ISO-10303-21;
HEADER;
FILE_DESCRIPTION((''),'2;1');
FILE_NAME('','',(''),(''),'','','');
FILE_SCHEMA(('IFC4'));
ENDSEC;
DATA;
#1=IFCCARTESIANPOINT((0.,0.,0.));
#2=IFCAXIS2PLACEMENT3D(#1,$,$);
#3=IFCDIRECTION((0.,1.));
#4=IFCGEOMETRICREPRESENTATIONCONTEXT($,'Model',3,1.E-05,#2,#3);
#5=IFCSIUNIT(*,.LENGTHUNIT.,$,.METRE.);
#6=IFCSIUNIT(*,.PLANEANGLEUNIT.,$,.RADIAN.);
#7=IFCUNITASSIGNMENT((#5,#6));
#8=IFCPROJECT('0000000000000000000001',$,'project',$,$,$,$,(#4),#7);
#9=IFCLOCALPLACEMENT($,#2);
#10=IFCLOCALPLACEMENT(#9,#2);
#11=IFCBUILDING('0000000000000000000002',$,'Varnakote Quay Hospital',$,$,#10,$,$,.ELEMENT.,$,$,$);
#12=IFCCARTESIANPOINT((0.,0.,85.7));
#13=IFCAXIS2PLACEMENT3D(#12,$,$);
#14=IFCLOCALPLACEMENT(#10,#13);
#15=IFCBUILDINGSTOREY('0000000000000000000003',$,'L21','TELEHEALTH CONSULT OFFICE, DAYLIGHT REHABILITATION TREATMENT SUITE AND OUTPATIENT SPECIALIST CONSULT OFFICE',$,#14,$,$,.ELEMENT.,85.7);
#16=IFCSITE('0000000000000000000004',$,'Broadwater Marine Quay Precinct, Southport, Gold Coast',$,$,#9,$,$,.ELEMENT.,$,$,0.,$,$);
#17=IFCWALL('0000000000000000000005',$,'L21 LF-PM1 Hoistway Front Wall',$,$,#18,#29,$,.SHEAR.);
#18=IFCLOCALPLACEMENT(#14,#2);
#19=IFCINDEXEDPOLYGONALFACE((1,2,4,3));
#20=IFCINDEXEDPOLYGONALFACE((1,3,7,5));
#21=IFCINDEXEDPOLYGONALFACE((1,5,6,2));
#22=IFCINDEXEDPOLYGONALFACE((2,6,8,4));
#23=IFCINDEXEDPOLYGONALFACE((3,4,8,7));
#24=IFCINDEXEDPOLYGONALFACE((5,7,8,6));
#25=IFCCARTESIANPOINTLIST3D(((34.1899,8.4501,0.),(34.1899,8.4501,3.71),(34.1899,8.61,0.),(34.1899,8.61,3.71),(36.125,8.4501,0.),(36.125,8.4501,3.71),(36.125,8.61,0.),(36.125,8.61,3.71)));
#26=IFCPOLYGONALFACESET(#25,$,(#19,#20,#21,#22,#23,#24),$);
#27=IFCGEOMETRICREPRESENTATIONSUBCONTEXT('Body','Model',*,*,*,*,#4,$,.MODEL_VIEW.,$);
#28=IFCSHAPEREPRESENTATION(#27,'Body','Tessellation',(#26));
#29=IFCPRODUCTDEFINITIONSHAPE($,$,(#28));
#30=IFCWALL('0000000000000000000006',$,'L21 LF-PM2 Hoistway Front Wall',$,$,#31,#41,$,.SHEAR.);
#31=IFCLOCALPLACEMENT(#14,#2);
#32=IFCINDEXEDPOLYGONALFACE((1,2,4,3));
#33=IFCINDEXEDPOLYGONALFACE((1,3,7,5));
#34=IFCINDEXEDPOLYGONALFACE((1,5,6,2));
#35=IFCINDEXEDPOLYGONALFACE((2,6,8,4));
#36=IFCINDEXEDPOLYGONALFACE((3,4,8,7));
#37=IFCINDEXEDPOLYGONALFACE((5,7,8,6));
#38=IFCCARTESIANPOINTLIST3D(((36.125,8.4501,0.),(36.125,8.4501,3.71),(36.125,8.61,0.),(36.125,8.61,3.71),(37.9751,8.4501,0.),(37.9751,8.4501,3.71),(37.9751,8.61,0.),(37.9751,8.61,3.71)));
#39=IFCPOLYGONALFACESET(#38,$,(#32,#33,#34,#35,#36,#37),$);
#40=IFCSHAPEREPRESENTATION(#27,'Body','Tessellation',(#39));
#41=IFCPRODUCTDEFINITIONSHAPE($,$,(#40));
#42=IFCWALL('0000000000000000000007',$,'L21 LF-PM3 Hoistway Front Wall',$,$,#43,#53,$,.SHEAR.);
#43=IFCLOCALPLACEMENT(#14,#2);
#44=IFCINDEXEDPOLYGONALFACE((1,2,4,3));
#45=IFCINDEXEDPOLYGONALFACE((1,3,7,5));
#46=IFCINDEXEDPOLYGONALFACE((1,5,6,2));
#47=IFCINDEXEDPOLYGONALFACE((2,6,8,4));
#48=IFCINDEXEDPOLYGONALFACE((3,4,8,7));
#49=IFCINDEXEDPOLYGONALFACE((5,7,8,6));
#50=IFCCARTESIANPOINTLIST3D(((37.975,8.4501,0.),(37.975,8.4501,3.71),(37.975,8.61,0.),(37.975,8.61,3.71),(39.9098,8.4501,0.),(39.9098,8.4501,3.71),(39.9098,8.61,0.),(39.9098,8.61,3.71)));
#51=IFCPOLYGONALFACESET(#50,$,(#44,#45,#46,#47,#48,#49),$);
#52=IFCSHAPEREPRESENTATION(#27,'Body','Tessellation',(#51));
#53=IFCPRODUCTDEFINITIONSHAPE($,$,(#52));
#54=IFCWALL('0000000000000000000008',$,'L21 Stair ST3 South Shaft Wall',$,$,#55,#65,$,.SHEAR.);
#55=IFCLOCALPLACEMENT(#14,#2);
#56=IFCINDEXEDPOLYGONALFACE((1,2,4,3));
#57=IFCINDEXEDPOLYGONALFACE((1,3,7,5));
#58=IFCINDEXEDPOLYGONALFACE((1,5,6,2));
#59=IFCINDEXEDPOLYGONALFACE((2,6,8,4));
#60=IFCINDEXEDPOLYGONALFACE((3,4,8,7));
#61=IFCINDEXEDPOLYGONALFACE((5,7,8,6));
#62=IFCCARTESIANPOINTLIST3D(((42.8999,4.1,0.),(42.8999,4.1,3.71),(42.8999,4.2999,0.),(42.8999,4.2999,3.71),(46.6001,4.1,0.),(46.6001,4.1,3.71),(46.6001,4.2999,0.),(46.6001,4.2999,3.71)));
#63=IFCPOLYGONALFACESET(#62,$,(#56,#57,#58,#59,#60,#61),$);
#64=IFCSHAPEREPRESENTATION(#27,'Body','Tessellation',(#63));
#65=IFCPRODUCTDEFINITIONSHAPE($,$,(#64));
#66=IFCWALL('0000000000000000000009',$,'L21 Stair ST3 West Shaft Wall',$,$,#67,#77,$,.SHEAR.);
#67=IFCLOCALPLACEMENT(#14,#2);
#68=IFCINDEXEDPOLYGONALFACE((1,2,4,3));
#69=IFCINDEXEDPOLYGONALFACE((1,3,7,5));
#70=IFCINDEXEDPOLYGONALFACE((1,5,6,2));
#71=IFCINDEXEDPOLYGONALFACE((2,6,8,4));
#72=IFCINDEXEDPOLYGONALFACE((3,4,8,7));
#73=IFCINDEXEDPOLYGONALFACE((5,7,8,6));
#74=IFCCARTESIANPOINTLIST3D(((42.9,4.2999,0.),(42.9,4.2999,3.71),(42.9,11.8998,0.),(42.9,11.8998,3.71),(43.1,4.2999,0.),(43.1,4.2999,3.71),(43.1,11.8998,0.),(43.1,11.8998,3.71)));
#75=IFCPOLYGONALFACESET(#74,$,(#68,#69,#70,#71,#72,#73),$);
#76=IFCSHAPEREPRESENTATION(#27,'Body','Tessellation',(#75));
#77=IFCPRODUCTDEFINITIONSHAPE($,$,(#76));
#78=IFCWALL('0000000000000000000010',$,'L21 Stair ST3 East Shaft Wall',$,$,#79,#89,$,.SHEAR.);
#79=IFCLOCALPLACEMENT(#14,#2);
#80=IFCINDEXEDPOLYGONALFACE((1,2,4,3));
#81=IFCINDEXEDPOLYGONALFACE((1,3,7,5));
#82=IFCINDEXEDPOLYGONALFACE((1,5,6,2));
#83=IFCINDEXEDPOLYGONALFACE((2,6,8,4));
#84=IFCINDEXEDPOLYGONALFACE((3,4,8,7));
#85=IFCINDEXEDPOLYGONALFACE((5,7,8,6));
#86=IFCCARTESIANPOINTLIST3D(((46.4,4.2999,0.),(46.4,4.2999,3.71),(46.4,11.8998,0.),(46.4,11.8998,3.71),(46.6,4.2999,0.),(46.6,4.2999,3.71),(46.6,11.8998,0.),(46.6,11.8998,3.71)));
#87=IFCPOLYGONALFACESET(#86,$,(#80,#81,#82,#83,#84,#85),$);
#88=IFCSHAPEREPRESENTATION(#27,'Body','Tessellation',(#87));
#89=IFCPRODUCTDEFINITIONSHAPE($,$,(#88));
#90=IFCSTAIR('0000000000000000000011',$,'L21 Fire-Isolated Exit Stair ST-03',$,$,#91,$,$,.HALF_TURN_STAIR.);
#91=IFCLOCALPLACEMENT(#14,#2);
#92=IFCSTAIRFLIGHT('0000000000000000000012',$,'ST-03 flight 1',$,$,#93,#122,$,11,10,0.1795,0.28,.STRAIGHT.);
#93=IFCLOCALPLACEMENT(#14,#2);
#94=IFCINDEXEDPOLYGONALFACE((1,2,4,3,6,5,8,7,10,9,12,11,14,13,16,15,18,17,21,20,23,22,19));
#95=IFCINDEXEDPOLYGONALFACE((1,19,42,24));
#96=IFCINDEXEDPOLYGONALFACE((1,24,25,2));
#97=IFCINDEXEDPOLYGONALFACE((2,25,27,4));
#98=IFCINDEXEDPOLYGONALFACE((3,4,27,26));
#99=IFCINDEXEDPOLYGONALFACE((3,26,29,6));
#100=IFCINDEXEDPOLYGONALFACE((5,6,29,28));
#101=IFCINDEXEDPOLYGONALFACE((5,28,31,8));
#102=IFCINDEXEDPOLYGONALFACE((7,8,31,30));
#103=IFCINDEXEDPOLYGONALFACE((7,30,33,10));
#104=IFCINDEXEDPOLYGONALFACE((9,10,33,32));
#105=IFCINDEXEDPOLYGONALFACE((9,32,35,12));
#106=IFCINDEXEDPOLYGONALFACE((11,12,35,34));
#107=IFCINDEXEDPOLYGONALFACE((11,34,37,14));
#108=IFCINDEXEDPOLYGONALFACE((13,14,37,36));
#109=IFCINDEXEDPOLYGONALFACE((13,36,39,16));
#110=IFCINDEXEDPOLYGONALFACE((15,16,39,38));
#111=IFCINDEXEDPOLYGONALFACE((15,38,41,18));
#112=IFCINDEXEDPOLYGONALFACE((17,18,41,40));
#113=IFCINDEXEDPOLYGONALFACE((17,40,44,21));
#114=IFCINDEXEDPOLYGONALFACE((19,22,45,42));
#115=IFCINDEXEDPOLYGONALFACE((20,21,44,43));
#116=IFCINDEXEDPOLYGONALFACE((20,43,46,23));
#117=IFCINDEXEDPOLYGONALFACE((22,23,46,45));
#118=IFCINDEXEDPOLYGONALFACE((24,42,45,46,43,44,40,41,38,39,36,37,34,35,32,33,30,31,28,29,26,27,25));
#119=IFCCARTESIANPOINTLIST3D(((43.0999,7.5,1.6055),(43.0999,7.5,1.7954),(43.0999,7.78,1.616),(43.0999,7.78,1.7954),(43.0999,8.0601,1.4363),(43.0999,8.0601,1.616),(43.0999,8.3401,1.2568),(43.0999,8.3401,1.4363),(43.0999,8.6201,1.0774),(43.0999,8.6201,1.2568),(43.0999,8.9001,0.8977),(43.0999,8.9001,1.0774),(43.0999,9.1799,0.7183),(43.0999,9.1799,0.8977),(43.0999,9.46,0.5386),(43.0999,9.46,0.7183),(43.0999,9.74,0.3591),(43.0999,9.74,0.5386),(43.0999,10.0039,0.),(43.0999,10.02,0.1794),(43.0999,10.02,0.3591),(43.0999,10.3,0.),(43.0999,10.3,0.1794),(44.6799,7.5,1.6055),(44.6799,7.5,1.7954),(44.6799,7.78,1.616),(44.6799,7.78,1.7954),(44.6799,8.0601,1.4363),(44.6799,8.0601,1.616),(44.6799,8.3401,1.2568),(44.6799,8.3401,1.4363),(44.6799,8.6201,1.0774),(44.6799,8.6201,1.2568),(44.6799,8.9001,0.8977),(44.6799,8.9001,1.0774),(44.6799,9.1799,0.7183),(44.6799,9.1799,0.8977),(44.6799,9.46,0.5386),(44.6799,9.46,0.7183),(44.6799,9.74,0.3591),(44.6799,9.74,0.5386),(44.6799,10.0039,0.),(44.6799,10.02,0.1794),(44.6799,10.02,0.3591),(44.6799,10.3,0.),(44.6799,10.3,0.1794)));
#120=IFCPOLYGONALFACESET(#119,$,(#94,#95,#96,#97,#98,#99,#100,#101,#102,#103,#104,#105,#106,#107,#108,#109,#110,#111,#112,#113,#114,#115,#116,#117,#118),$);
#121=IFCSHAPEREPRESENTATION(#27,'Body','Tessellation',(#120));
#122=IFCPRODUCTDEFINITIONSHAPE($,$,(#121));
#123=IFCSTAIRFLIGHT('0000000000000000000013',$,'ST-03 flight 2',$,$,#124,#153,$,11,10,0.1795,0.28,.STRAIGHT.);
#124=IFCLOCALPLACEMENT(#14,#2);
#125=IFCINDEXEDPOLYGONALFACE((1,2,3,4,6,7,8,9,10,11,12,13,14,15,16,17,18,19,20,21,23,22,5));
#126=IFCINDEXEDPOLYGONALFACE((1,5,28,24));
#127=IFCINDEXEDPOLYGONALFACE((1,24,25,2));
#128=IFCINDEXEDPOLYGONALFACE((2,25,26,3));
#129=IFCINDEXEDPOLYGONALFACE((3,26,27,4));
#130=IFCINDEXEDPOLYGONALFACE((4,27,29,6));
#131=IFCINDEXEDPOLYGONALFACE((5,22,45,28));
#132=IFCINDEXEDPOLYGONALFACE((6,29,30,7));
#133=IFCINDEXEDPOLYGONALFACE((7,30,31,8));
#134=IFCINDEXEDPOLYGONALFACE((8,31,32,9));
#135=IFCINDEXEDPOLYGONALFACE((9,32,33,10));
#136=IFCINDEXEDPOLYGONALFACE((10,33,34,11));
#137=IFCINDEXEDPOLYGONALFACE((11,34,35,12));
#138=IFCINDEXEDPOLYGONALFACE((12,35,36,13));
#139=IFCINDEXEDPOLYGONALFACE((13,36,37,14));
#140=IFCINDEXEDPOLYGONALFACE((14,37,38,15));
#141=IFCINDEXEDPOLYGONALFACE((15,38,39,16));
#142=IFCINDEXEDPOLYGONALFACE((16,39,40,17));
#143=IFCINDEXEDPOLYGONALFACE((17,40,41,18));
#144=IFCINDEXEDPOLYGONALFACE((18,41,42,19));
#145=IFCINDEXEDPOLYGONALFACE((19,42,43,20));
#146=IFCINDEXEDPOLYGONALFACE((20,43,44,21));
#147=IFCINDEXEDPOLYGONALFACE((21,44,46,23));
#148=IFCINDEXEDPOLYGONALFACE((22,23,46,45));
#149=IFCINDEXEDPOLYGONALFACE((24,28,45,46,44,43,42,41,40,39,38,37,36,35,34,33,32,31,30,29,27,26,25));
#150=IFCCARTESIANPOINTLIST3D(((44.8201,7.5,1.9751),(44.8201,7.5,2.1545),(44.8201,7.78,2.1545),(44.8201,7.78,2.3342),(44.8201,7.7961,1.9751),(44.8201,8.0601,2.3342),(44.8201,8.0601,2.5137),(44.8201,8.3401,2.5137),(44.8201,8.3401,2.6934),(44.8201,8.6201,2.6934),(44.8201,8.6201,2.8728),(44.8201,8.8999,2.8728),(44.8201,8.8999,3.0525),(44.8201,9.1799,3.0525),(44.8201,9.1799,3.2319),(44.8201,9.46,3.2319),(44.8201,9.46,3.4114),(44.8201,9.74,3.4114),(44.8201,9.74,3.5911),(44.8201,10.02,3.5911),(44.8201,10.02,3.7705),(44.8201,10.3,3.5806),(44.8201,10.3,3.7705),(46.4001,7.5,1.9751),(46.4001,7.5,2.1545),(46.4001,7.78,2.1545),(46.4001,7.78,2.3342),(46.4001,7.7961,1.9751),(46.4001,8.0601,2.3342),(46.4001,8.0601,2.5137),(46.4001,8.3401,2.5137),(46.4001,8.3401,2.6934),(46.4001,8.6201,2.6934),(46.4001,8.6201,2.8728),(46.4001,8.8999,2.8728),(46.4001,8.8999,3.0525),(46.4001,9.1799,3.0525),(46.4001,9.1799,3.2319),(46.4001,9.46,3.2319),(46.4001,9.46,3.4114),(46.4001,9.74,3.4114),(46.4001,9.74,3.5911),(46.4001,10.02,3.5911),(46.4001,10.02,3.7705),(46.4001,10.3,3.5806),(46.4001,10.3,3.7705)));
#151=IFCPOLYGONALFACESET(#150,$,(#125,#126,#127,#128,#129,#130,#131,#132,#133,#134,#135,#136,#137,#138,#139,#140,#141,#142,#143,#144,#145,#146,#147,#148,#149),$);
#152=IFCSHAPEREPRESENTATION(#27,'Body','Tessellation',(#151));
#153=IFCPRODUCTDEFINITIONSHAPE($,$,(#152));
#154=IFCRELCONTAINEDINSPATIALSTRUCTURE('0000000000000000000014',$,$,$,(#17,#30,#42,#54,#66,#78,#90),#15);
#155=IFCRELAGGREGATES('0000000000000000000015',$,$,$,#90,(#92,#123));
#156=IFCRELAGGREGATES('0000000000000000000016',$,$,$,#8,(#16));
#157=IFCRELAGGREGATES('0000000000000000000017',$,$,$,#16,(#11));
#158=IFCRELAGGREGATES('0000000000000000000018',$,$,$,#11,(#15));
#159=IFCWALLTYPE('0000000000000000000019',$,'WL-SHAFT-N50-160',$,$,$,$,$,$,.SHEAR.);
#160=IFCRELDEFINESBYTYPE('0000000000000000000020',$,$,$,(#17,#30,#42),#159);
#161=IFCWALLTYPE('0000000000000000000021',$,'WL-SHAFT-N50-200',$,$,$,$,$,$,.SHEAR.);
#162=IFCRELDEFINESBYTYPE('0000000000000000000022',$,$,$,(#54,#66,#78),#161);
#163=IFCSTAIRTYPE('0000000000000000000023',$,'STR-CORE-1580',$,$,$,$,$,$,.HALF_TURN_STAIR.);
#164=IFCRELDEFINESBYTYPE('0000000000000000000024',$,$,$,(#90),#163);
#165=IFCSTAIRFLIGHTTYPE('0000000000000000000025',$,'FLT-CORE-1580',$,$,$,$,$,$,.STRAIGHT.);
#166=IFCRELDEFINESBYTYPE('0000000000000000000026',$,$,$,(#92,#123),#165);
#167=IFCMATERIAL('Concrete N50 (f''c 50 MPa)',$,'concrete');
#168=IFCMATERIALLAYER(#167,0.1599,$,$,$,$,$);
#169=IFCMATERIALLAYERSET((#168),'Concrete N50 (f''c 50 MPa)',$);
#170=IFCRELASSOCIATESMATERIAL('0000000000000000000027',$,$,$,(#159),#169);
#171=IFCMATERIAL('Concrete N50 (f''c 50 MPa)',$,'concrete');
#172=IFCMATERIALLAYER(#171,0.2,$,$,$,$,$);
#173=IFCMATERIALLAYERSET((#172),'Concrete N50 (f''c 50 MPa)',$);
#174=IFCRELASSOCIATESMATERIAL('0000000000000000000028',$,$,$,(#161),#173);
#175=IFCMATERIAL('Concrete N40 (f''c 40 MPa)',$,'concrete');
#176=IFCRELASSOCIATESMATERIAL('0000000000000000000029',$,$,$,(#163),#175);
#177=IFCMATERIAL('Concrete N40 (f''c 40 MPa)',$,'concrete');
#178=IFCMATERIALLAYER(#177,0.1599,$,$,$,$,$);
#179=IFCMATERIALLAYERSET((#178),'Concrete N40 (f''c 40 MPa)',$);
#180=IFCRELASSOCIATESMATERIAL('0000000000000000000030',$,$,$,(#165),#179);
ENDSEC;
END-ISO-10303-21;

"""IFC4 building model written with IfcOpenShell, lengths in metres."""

from ifc_helpers import new_model, si_unit, direction, frame, frame_2d, origin, place, context, subcontext, project, spatial, polyline, rectangle, outline, extrude, material, layer, layer_set, type_object, element, aggregate, save


model = new_model("IFC4")

# Units and contexts
model_context = context("Model", 3, precision=1e-05, world=origin(), true_north=direction((0.0, 1.0)))
body_context = subcontext(model_context, "Body", "Model", "MODEL_VIEW")
ifc_project = project(units=[si_unit("LENGTHUNIT", "METRE"), si_unit("PLANEANGLEUNIT", "RADIAN")], contexts=[model_context])

# Site, building, storey
site_placement = place(None, origin())
site = spatial("IfcSite", under=ifc_project, at=site_placement, Name="Broadwater Marine Quay Precinct, Southport, Gold Coast", CompositionType="ELEMENT", RefElevation=0.0)
building_placement = place(site_placement, origin())
building = spatial("IfcBuilding", under=site, at=building_placement, Name="Varnakote Quay Hospital", CompositionType="ELEMENT")
storey_placement = place(building_placement, frame((0.0, 0.0, 85.7)))
storey = spatial("IfcBuildingStorey", under=building, at=storey_placement, Name="L21", Description="TELEHEALTH CONSULT OFFICE, DAYLIGHT REHABILITATION TREATMENT SUITE AND OUTPATIENT SPECIALIST CONSULT OFFICE", CompositionType="ELEMENT", Elevation=85.7)

# Walls
ifc_material_1 = material(Name="Concrete N50 (f'c 50 MPa)", Category="concrete")
ifc_layer_1 = layer(ifc_material_1, 0.1599)
ifc_layer_set_1 = layer_set([ifc_layer_1], Name="Concrete N50 (f'c 50 MPa)")
wall_type_1 = type_object("IfcWallType", Name="WL-SHAFT-N50-160", PredefinedType="SHEAR", material=ifc_layer_set_1)
wall_1_placement = place(storey_placement, frame((34.1899, 8.53, 0.0), z_axis=(0.0, 0.0, 1.0), x_axis=(1.0, 0.0, 0.0)))
element("IfcWall", 1, at=wall_1_placement, inside=storey, type_object=wall_type_1, Name="L21 LF-PM1 Hoistway Front Wall", PredefinedType="SHEAR", context=body_context, shape_type="SweptSolid", body=[
    extrude(rectangle(XDim=1.9351, YDim=0.1599, at=frame_2d((0.9675, 0.0))), origin(), (0.0, 0.0, 1.0), 3.71),
])
wall_2_placement = place(storey_placement, frame((36.125, 8.53, 0.0), z_axis=(0.0, 0.0, 1.0), x_axis=(1.0, 0.0, 0.0)))
element("IfcWall", 2, at=wall_2_placement, inside=storey, type_object=wall_type_1, Name="L21 LF-PM2 Hoistway Front Wall", PredefinedType="SHEAR", context=body_context, shape_type="SweptSolid", body=[
    extrude(rectangle(XDim=1.8501, YDim=0.1599, at=frame_2d((0.925, 0.0))), origin(), (0.0, 0.0, 1.0), 3.71),
])
wall_3_placement = place(storey_placement, frame((37.9751, 8.53, 0.0), z_axis=(0.0, 0.0, 1.0), x_axis=(1.0, 0.0, 0.0)))
element("IfcWall", 3, at=wall_3_placement, inside=storey, type_object=wall_type_1, Name="L21 LF-PM3 Hoistway Front Wall", PredefinedType="SHEAR", context=body_context, shape_type="SweptSolid", body=[
    extrude(rectangle(XDim=1.9348, YDim=0.1599, at=frame_2d((0.9673, 0.0))), origin(), (0.0, 0.0, 1.0), 3.71),
])
ifc_material_2 = material(Name="Concrete N50 (f'c 50 MPa)", Category="concrete")
ifc_layer_2 = layer(ifc_material_2, 0.2)
ifc_layer_set_2 = layer_set([ifc_layer_2], Name="Concrete N50 (f'c 50 MPa)")
wall_type_2 = type_object("IfcWallType", Name="WL-SHAFT-N50-200", PredefinedType="SHEAR", material=ifc_layer_set_2)
wall_4_placement = place(storey_placement, frame((42.8999, 4.2, 0.0), z_axis=(0.0, 0.0, 1.0), x_axis=(1.0, 0.0, 0.0)))
element("IfcWall", 4, at=wall_4_placement, inside=storey, type_object=wall_type_2, Name="L21 Stair ST3 South Shaft Wall", PredefinedType="SHEAR", context=body_context, shape_type="SweptSolid", body=[
    extrude(rectangle(XDim=3.7002, YDim=0.2, at=frame_2d((1.8501, 0.0))), origin(), (0.0, 0.0, 1.0), 3.71),
])
for number, where, z_axis, x_axis, name in (
    (5, (43.0, 4.3, 0.0), (0.0, 0.0, 1.0), (0.0, 1.0, 0.0), "L21 Stair ST3 West Shaft Wall"),
    (6, (46.5, 4.3, 0.0), (0.0, 0.0, 1.0), (0.0, 1.0, 0.0), "L21 Stair ST3 East Shaft Wall"),
):
    element("IfcWall", number, at=place(storey_placement, frame(where, z_axis=z_axis, x_axis=x_axis)), inside=storey, type_object=wall_type_2, Name=name, PredefinedType="SHEAR", context=body_context, shape_type="SweptSolid", body=[
        extrude(rectangle(XDim=7.5999, YDim=0.2, at=frame_2d((3.7998, 0.0))), origin(), (0.0, 0.0, 1.0), 3.71),
    ])

# Stair, stair flights
ifc_material_3 = material(Name="Concrete N40 (f'c 40 MPa)", Category="concrete")
stair_type = type_object("IfcStairType", Name="STR-CORE-1580", PredefinedType="HALF_TURN_STAIR", material=ifc_material_3)
stair_placement = place(storey_placement, origin())
stair = element("IfcStair", 7, at=stair_placement, inside=storey, type_object=stair_type, Name="L21 Fire-Isolated Exit Stair ST-03", PredefinedType="HALF_TURN_STAIR")
ifc_material_4 = material(Name="Concrete N40 (f'c 40 MPa)", Category="concrete")
ifc_layer_3 = layer(ifc_material_4, 0.1599)
ifc_layer_set_3 = layer_set([ifc_layer_3], Name="Concrete N40 (f'c 40 MPa)")
stair_flight_type = type_object("IfcStairFlightType", Name="FLT-CORE-1580", PredefinedType="STRAIGHT", material=ifc_layer_set_3)
stair_flight_1_placement = place(storey_placement, frame((43.8899, 10.3, 0.0), z_axis=(0.0, 0.0, 1.0), x_axis=(0.0, -1.0, 0.0)))
stair_flight_1 = element("IfcStairFlight", 8, at=stair_flight_1_placement, type_object=stair_flight_type, Name="ST-03 flight 1", NumberOfRisers=11, NumberOfTreads=10, PredefinedType="STRAIGHT", RiserHeight=0.1795, TreadLength=0.28, context=body_context, shape_type="SweptSolid", body=[
    extrude(outline(polyline([(0.0, 0.0), (0.0, 0.1794), (0.28, 0.1794), (0.28, 0.3591), (0.5601, 0.3591), (0.5601, 0.5386), (0.8401, 0.5386), (0.8401, 0.7183), (1.1201, 0.7183), (1.1201, 0.8977), (1.3999, 0.8977), (1.3999, 1.0774), (1.6799, 1.0774), (1.6799, 1.2568), (1.96, 1.2568), (1.96, 1.4363), (2.24, 1.4363), (2.24, 1.616), (2.52, 1.616), (2.52, 1.7954), (2.8, 1.7954), (2.8, 1.9751), (2.8, 1.6055), (0.2961, 0.0), (0.0, 0.0)])), frame((0.0, 0.79, 0.0), z_axis=(0.0, -1.0, 0.0), x_axis=(1.0, 0.0, 0.0)), (0.0, 0.0, 1.0), 1.5801),
])
stair_flight_2_placement = place(storey_placement, frame((45.6101, 7.5, 1.9751), z_axis=(0.0, 0.0, 1.0), x_axis=(0.0, 1.0, 0.0)))
stair_flight_2 = element("IfcStairFlight", 9, at=stair_flight_2_placement, type_object=stair_flight_type, Name="ST-03 flight 2", NumberOfRisers=11, NumberOfTreads=10, PredefinedType="STRAIGHT", RiserHeight=0.1795, TreadLength=0.28, context=body_context, shape_type="SweptSolid", body=[
    extrude(outline(polyline([(0.0, 0.0), (0.0, 0.1794), (0.28, 0.1794), (0.28, 0.3591), (0.5601, 0.3591), (0.5601, 0.5386), (0.8401, 0.5386), (0.8401, 0.7183), (1.1201, 0.7183), (1.1201, 0.8977), (1.3999, 0.8977), (1.3999, 1.0774), (1.6799, 1.0774), (1.6799, 1.2568), (1.96, 1.2568), (1.96, 1.4363), (2.24, 1.4363), (2.24, 1.616), (2.52, 1.616), (2.52, 1.7954), (2.8, 1.7954), (2.8, 1.9751), (2.8, 1.6055), (0.2961, 0.0), (0.0, 0.0)])), frame((0.0, 0.79, 0.0), z_axis=(0.0, -1.0, 0.0), x_axis=(1.0, 0.0, 0.0)), (0.0, 0.0, 1.0), 1.5801),
])
aggregate(stair, [stair_flight_1, stair_flight_2])

save(model, "model.ifc")
